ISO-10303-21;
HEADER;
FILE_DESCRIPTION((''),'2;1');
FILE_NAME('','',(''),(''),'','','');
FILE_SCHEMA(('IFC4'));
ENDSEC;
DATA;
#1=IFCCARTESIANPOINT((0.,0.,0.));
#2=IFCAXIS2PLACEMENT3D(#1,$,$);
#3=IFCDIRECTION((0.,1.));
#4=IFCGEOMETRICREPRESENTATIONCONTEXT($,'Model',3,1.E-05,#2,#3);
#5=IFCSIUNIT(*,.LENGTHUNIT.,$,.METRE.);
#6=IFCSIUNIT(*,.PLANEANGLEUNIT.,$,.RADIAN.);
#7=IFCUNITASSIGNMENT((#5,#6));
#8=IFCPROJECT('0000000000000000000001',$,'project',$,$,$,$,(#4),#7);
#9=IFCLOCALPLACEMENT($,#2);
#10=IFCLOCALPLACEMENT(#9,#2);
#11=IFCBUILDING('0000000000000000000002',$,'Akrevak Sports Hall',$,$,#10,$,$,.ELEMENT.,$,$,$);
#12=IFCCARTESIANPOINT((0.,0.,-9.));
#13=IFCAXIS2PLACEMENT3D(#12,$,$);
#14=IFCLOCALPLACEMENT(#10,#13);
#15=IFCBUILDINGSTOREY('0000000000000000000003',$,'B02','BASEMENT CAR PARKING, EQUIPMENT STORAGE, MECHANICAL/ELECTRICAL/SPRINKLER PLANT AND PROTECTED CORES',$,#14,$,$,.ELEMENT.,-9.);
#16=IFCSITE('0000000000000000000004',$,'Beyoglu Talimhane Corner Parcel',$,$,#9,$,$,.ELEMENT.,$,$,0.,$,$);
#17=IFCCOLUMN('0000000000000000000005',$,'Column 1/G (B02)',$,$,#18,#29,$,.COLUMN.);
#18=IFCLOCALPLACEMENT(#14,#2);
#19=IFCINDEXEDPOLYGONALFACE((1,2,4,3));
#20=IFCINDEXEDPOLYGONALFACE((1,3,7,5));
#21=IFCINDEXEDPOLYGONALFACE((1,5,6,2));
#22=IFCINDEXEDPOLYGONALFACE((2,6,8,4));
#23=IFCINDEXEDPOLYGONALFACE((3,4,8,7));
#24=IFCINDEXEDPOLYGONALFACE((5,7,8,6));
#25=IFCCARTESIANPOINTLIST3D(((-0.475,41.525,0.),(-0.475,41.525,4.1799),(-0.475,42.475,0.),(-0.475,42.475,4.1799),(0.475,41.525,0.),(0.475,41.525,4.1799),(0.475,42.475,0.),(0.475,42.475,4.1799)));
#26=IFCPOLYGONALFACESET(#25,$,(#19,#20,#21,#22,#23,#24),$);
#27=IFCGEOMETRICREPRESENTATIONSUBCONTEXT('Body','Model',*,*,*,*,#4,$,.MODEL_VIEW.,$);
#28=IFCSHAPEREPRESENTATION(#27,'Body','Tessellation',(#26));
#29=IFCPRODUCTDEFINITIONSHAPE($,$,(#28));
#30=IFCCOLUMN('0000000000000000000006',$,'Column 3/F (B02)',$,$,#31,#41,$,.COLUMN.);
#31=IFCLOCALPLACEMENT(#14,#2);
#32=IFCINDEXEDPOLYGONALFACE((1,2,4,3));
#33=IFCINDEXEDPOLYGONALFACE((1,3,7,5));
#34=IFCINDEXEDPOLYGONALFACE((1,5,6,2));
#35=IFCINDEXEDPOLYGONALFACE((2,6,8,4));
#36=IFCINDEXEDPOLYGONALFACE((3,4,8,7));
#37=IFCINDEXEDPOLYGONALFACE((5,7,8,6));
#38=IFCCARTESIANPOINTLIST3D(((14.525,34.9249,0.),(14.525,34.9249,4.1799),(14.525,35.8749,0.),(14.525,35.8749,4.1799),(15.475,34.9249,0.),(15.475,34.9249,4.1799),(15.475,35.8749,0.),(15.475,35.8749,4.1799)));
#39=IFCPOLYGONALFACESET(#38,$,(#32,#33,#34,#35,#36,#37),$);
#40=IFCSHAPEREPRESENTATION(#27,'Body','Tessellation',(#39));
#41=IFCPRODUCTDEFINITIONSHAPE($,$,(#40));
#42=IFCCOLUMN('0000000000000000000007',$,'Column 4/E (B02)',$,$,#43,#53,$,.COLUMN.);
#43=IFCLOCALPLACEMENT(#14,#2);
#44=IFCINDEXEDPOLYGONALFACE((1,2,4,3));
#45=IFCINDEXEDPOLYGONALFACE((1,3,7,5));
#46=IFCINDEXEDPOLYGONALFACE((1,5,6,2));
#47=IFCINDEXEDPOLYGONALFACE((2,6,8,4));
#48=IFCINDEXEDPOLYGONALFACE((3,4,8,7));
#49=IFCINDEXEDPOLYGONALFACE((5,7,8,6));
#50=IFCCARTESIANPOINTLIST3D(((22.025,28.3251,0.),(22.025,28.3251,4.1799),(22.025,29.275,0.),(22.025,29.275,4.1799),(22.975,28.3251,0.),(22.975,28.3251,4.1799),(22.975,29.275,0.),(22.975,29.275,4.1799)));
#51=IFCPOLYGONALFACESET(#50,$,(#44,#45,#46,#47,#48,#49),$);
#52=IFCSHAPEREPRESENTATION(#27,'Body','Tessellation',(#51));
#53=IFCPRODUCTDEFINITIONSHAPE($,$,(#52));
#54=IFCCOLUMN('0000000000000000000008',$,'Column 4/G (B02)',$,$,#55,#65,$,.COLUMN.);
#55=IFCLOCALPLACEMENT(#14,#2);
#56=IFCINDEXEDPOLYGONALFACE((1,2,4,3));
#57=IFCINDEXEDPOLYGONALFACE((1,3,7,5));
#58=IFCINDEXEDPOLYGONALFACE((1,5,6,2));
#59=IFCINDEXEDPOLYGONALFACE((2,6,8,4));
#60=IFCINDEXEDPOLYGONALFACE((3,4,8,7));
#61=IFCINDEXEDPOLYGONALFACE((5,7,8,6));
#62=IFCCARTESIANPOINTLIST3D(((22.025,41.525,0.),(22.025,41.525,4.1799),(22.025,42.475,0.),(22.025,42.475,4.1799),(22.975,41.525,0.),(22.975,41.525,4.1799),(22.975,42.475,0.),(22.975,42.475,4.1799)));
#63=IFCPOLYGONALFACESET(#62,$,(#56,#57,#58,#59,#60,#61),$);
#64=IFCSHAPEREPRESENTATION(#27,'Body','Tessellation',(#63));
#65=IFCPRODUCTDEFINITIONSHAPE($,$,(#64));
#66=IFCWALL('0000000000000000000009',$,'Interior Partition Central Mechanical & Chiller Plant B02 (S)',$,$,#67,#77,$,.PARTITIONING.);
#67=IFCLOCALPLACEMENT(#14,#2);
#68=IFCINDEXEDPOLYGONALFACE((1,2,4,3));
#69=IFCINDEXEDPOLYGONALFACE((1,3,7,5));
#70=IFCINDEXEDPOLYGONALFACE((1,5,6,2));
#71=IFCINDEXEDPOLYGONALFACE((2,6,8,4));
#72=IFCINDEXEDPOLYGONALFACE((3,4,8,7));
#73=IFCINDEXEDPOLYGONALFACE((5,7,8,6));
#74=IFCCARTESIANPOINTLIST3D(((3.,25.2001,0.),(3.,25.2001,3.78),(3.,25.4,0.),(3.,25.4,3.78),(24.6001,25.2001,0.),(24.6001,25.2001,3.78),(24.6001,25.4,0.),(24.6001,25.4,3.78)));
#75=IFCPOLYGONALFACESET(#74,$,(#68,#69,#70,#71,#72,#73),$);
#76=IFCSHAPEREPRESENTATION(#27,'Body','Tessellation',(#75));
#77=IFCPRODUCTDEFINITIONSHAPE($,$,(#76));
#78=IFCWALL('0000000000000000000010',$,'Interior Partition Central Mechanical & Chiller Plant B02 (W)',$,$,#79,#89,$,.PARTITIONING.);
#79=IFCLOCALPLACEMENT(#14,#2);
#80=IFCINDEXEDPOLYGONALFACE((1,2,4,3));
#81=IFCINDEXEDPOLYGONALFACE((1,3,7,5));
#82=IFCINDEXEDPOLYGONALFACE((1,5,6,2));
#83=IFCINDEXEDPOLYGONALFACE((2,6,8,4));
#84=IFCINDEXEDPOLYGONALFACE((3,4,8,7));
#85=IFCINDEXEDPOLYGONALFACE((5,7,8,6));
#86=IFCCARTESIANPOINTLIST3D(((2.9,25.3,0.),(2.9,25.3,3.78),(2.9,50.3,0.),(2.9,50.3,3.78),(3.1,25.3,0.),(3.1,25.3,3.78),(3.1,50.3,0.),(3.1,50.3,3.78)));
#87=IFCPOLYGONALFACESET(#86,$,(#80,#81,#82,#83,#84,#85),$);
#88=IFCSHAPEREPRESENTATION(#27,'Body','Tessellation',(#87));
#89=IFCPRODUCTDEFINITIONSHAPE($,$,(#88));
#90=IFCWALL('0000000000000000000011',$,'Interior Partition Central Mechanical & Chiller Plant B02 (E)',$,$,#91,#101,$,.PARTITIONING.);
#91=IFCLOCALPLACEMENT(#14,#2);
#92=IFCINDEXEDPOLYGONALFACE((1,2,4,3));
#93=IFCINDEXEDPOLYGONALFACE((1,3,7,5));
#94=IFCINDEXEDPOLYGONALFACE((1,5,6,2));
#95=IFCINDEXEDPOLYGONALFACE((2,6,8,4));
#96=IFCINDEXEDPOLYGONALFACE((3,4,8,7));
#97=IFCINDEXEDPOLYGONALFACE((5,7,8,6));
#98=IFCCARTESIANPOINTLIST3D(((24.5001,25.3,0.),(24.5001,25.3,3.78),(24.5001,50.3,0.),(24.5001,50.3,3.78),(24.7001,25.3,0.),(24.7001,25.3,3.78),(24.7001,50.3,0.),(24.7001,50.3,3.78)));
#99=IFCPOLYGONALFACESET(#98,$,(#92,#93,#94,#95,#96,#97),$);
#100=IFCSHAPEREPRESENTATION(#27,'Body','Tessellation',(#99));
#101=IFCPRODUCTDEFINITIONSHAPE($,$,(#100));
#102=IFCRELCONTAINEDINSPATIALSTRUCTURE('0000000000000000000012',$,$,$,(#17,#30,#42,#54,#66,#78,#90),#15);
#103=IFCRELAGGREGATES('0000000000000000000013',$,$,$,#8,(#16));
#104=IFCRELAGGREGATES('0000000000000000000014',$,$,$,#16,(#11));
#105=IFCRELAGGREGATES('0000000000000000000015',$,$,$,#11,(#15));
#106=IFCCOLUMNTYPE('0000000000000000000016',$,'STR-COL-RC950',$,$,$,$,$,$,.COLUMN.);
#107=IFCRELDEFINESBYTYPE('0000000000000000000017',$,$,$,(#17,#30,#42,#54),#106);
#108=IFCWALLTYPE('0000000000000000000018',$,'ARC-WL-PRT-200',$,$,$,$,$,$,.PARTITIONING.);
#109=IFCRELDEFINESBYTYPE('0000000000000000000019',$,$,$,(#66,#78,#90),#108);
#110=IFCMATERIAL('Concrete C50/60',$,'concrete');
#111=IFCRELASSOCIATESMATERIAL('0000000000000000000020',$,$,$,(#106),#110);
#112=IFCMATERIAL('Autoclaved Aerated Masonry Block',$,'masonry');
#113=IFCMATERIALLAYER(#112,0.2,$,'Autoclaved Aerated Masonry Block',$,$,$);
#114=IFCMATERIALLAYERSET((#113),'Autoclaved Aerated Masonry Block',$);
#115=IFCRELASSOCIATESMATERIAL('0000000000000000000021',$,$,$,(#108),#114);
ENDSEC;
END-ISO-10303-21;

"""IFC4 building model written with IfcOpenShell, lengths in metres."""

from ifc_helpers import new_model, si_unit, direction, frame, frame_2d, origin, origin_2d, place, context, subcontext, project, spatial, rectangle, extrude, material, layer, layer_set, material_profile, profile_set, type_object, element, save


model = new_model("IFC4")

# Units and contexts
model_context = context("Model", 3, precision=1e-05, world=origin(), true_north=direction((0.0, 1.0)))
body_context = subcontext(model_context, "Body", "Model", "MODEL_VIEW")
ifc_project = project(units=[si_unit("LENGTHUNIT", "METRE"), si_unit("PLANEANGLEUNIT", "RADIAN")], contexts=[model_context])

# Site, building, storey
site_placement = place(None, origin())
site = spatial("IfcSite", under=ifc_project, at=site_placement, Name="Beyoglu Talimhane Corner Parcel", CompositionType="ELEMENT", RefElevation=0.0)
building_placement = place(site_placement, origin())
building = spatial("IfcBuilding", under=site, at=building_placement, Name="Akrevak Sports Hall", CompositionType="ELEMENT")
storey_placement = place(building_placement, frame((0.0, 0.0, -9.0)))
storey = spatial("IfcBuildingStorey", under=building, at=storey_placement, Name="B02", Description="BASEMENT CAR PARKING, EQUIPMENT STORAGE, MECHANICAL/ELECTRICAL/SPRINKLER PLANT AND PROTECTED CORES", CompositionType="ELEMENT", Elevation=-9.0)

# Columns
ifc_material_1 = material(Name="Concrete C50/60", Category="concrete")
ifc_material_profile_1 = material_profile(ifc_material_1, rectangle(XDim=0.95, YDim=0.95, at=origin_2d()), Name="RC 950x950", Category="concrete")
ifc_profile_set_1 = profile_set([ifc_material_profile_1], Name="Concrete C50/60")
column_type_1 = type_object("IfcColumnType", Name="STR-COL-RC950", PredefinedType="COLUMN", material=ifc_profile_set_1)
for number, where, z_axis, x_axis, name in (
    (1, (0.0, 42.0, 0.0), (0.0, 0.0, 1.0), (1.0, 0.0, 0.0), "Column 1/G (B02)"),
    (2, (15.0, 35.3999, 0.0), (0.0, 0.0, 1.0), (1.0, 0.0, 0.0), "Column 3/F (B02)"),
    (3, (22.5, 28.8, 0.0), (0.0, 0.0, 1.0), (1.0, 0.0, 0.0), "Column 4/E (B02)"),
    (4, (22.5, 42.0, 0.0), (0.0, 0.0, 1.0), (1.0, 0.0, 0.0), "Column 4/G (B02)"),
):
    element("IfcColumn", number, at=place(storey_placement, frame(where, z_axis=z_axis, x_axis=x_axis)), inside=storey, type_object=column_type_1, Name=name, PredefinedType="COLUMN", context=body_context, shape_type="SweptSolid", body=[
        extrude(rectangle(XDim=0.95, YDim=0.95, at=origin_2d()), origin(), (0.0, 0.0, 1.0), 4.1799),
    ])

# Walls
ifc_material_2 = material(Name="Autoclaved Aerated Masonry Block", Category="masonry")
ifc_layer = layer(ifc_material_2, 0.2, Name="Autoclaved Aerated Masonry Block")
ifc_layer_set = layer_set([ifc_layer], Name="Autoclaved Aerated Masonry Block")
wall_type = type_object("IfcWallType", Name="ARC-WL-PRT-200", PredefinedType="PARTITIONING", material=ifc_layer_set)
wall_placement = place(storey_placement, frame((3.0, 25.3, 0.0), z_axis=(0.0, 0.0, 1.0), x_axis=(1.0, 0.0, 0.0)))
element("IfcWall", 5, at=wall_placement, inside=storey, type_object=wall_type, Name="Interior Partition Central Mechanical & Chiller Plant B02 (S)", PredefinedType="PARTITIONING", context=body_context, shape_type="SweptSolid", body=[
    extrude(rectangle(XDim=21.6001, YDim=0.2, at=frame_2d((10.8, 0.0))), origin(), (0.0, 0.0, 1.0), 3.78),
])
for number, where, z_axis, x_axis, name in (
    (6, (3.0, 25.3, 0.0), (0.0, 0.0, 1.0), (0.0, 1.0, 0.0), "Interior Partition Central Mechanical & Chiller Plant B02 (W)"),
    (7, (24.6001, 25.3, 0.0), (0.0, 0.0, 1.0), (0.0, 1.0, 0.0), "Interior Partition Central Mechanical & Chiller Plant B02 (E)"),
):
    element("IfcWall", number, at=place(storey_placement, frame(where, z_axis=z_axis, x_axis=x_axis)), inside=storey, type_object=wall_type, Name=name, PredefinedType="PARTITIONING", context=body_context, shape_type="SweptSolid", body=[
        extrude(rectangle(XDim=25.0, YDim=0.2, at=frame_2d((12.5, 0.0))), origin(), (0.0, 0.0, 1.0), 3.78),
    ])

save(model, "model.ifc")
